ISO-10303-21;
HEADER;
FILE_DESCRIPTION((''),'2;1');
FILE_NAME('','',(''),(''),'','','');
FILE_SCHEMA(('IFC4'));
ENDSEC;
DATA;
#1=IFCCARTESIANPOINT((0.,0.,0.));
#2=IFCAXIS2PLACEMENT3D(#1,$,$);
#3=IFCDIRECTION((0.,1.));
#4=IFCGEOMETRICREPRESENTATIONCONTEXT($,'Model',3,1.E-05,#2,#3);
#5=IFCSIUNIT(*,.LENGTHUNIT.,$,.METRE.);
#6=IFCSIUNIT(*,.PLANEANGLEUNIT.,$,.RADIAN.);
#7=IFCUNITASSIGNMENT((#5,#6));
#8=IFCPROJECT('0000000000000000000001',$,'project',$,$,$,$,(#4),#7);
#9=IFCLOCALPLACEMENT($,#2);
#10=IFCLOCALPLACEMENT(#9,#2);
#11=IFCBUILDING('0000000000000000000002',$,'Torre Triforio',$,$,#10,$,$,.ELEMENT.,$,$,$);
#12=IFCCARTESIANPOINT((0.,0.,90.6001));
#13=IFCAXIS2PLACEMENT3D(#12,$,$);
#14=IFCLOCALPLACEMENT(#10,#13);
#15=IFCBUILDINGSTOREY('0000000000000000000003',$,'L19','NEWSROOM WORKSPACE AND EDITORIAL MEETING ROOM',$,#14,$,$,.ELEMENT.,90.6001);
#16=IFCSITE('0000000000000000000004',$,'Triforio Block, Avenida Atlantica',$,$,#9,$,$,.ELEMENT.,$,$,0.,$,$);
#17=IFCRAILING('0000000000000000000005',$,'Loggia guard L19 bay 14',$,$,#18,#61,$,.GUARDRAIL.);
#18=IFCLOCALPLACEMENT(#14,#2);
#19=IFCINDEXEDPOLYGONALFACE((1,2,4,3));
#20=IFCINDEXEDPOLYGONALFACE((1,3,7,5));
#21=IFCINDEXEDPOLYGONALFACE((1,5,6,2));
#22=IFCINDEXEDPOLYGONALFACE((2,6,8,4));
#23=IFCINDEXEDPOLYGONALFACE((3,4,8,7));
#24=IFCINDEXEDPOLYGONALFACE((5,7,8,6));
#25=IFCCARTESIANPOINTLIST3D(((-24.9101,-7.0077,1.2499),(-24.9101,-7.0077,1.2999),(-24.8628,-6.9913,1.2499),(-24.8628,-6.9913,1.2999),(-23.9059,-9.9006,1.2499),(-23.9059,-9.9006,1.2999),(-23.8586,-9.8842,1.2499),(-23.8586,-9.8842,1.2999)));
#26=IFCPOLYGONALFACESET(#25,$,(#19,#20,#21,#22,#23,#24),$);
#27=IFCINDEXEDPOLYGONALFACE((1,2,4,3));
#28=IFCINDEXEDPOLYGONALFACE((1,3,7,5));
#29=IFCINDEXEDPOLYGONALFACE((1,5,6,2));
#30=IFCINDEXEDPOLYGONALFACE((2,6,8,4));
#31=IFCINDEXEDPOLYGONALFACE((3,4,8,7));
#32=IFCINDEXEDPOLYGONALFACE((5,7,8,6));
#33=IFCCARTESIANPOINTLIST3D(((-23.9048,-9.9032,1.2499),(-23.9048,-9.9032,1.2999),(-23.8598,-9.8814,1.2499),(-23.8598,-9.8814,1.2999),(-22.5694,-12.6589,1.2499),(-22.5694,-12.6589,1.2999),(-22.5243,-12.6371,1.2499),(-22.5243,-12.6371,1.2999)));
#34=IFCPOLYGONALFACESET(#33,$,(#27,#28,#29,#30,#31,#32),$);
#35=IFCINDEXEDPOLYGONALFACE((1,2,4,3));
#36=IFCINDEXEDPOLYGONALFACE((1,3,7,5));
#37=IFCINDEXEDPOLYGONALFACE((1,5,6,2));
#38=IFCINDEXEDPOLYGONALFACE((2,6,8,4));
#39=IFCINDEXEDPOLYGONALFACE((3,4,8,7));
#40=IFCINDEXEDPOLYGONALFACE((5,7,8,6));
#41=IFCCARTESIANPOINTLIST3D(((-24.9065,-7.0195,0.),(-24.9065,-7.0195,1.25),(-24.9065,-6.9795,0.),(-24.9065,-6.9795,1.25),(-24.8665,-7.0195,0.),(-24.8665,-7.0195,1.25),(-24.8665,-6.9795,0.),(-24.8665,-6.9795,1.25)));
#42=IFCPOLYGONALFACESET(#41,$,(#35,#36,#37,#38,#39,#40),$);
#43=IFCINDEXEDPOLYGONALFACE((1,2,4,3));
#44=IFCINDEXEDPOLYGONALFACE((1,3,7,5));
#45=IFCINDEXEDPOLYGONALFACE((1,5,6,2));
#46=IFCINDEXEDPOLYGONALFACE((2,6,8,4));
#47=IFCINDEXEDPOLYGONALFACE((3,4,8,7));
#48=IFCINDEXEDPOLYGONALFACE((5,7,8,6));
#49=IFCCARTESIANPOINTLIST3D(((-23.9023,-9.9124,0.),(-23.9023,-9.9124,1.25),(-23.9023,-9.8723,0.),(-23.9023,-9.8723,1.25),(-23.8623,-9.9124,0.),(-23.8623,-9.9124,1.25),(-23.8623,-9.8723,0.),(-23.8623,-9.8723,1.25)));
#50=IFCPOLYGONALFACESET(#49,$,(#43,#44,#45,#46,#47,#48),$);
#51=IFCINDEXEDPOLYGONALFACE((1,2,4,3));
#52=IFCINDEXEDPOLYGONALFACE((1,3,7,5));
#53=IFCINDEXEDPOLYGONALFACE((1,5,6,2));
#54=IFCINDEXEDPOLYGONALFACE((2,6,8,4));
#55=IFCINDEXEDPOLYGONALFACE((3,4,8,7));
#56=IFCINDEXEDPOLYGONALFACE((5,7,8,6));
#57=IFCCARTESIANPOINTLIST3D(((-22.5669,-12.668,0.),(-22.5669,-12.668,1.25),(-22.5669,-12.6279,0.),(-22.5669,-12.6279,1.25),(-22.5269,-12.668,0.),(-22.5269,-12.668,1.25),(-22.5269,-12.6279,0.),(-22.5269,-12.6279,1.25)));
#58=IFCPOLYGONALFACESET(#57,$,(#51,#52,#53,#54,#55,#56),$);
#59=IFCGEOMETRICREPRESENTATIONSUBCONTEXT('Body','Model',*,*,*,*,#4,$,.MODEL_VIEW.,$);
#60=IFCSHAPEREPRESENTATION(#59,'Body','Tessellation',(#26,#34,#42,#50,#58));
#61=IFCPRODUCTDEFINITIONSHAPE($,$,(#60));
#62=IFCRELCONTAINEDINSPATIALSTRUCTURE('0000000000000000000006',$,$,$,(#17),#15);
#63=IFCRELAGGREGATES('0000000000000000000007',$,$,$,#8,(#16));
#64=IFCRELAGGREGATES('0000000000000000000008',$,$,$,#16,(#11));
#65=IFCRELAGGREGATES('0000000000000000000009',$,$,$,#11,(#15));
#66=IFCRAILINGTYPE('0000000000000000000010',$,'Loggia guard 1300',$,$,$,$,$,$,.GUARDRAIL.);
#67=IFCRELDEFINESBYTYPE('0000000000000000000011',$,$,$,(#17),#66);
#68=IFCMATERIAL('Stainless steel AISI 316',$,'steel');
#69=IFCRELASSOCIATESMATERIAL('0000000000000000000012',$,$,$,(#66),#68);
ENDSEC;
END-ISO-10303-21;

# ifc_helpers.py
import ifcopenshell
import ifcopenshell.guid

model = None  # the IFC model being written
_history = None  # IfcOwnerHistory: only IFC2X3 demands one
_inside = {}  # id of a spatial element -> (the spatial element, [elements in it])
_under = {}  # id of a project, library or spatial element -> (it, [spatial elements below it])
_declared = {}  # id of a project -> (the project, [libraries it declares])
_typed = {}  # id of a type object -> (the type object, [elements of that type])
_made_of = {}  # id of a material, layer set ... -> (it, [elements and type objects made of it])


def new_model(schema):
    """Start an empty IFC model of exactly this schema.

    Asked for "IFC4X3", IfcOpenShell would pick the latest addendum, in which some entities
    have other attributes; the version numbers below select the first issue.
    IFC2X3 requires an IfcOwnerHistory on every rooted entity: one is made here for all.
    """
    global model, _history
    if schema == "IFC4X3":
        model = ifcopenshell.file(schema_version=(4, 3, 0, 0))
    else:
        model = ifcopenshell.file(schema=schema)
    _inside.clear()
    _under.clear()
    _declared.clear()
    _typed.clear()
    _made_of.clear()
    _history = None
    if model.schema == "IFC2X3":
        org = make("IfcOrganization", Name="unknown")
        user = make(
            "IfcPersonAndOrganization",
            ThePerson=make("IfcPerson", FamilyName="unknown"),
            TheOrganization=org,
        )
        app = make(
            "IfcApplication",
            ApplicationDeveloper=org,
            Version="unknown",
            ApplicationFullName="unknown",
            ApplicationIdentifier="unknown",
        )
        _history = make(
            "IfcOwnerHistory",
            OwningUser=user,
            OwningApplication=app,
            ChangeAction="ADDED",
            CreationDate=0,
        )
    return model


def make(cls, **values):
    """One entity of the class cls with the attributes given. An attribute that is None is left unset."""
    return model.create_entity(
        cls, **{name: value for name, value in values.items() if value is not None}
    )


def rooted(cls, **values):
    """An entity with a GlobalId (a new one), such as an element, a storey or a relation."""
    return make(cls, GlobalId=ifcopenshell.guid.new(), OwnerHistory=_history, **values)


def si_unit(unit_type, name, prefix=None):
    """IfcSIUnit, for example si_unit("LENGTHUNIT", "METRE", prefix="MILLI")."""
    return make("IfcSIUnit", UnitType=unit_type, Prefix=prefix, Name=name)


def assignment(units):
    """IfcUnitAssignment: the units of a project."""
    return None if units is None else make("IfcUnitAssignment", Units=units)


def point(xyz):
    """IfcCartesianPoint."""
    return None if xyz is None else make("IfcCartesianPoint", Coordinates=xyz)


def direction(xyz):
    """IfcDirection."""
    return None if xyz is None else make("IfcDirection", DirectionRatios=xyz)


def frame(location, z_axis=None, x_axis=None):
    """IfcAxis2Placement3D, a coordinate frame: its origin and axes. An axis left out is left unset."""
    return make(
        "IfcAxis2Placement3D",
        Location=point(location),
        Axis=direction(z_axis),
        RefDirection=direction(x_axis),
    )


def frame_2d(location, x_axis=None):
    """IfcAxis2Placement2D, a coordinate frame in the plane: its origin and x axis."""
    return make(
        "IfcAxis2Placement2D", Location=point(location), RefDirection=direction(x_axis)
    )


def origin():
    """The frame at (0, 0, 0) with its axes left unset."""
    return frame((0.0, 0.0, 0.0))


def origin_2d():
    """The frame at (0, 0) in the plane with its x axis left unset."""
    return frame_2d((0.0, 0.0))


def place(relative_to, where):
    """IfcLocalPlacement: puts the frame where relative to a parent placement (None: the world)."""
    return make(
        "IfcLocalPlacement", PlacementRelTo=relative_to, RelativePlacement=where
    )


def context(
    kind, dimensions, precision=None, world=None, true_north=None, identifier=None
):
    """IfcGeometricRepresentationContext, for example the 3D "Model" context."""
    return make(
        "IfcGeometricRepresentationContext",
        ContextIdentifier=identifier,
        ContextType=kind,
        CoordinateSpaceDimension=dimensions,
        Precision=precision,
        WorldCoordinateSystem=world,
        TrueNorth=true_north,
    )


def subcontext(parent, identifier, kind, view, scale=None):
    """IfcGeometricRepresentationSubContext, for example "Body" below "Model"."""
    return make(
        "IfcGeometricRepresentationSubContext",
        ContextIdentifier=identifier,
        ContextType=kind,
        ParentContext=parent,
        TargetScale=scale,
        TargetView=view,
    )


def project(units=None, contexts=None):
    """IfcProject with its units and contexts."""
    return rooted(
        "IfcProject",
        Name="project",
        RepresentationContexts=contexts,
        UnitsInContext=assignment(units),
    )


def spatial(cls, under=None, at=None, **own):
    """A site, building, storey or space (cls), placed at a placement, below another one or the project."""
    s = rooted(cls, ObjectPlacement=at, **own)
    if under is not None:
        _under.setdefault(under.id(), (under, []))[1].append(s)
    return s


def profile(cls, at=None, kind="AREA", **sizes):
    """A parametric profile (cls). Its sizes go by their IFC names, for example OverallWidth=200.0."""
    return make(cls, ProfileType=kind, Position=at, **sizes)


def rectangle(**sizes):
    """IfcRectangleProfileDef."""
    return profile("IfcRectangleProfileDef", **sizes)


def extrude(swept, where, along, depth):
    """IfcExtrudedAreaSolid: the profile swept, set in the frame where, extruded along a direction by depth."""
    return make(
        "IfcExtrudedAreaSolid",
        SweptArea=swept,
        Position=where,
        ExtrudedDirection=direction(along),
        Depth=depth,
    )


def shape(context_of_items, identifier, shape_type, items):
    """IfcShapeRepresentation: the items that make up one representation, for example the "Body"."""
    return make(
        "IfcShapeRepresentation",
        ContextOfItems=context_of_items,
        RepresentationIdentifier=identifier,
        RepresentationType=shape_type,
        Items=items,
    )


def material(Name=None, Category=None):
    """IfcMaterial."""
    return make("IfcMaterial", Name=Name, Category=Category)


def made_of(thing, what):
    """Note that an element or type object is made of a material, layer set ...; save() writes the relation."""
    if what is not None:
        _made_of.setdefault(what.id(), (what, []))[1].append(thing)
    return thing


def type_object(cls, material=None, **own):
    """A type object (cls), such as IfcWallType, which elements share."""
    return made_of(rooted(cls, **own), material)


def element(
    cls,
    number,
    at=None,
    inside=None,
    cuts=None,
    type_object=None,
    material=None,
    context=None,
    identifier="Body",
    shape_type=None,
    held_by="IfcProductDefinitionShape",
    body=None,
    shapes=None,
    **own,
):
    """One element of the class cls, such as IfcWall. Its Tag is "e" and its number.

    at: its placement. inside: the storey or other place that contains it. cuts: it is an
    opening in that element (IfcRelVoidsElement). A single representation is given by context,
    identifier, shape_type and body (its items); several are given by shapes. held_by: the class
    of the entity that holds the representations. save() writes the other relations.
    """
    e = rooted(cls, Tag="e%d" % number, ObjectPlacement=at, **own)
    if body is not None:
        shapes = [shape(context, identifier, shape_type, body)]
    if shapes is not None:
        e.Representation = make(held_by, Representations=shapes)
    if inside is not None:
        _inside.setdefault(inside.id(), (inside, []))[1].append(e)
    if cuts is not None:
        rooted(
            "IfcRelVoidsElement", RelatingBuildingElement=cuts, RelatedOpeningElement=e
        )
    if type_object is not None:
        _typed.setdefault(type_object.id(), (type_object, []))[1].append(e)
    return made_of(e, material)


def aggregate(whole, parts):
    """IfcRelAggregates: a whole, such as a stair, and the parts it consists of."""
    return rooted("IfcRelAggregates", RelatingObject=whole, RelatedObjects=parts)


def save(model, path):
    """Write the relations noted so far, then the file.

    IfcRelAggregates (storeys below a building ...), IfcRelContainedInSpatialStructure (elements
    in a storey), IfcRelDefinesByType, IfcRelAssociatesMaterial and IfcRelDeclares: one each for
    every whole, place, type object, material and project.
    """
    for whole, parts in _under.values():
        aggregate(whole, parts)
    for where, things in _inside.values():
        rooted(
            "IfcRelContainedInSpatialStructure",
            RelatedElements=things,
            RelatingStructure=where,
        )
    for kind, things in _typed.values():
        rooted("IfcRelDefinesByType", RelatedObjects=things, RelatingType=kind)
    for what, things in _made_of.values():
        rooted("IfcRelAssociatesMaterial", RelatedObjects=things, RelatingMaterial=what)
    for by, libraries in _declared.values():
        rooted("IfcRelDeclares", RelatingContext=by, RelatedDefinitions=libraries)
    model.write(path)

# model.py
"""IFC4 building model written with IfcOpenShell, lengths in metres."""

from ifc_helpers import new_model, si_unit, direction, frame, origin, origin_2d, place, context, subcontext, project, spatial, rectangle, extrude, material, type_object, element, save


model = new_model("IFC4")

# Units and contexts
model_context = context("Model", 3, precision=1e-05, world=origin(), true_north=direction((0.0, 1.0)))
body_context = subcontext(model_context, "Body", "Model", "MODEL_VIEW")
ifc_project = project(units=[si_unit("LENGTHUNIT", "METRE"), si_unit("PLANEANGLEUNIT", "RADIAN")], contexts=[model_context])

# Site, building, storey
site_placement = place(None, origin())
site = spatial("IfcSite", under=ifc_project, at=site_placement, Name="Triforio Block, Avenida Atlantica", CompositionType="ELEMENT", RefElevation=0.0)
building_placement = place(site_placement, origin())
building = spatial("IfcBuilding", under=site, at=building_placement, Name="Torre Triforio", CompositionType="ELEMENT")
storey_placement = place(building_placement, frame((0.0, 0.0, 90.6001)))
storey = spatial("IfcBuildingStorey", under=building, at=storey_placement, Name="L19", Description="NEWSROOM WORKSPACE AND EDITORIAL MEETING ROOM", CompositionType="ELEMENT", Elevation=90.6001)

# Railing
ifc_material_1 = material(Name="Stainless steel AISI 316", Category="steel")
railing_type = type_object("IfcRailingType", Name="Loggia guard 1300", PredefinedType="GUARDRAIL", material=ifc_material_1)
railing_1_placement = place(storey_placement, frame((-24.8865, -6.9995, 0.0)))
element("IfcRailing", 1, at=railing_1_placement, inside=storey, type_object=railing_type, Name="Loggia guard L19 bay 14", PredefinedType="GUARDRAIL", context=body_context, shape_type="SweptSolid", body=[
    extrude(rectangle(XDim=0.05, YDim=0.05, at=origin_2d()), frame((0.0, 0.0, 1.2749), z_axis=(0.327924, -0.944704, 0.0), x_axis=(0.944704, 0.327924, 0.0)), (0.0, 0.0, 1.0), 3.0623),
    extrude(rectangle(XDim=0.05, YDim=0.05, at=origin_2d()), frame((1.0042, -2.8928, 1.2749), z_axis=(0.436113, -0.899892, 0.0), x_axis=(0.899892, 0.436113, 0.0)), (0.0, 0.0, 1.0), 3.0623),
    extrude(rectangle(XDim=0.04, YDim=0.04, at=origin_2d()), origin(), (0.0, 0.0, 1.0), 1.25),
    extrude(rectangle(XDim=0.04, YDim=0.04, at=origin_2d()), frame((1.0042, -2.8928, 0.0)), (0.0, 0.0, 1.0), 1.25),
    extrude(rectangle(XDim=0.04, YDim=0.04, at=origin_2d()), frame((2.3396, -5.6484, 0.0)), (0.0, 0.0, 1.0), 1.25),
])

save(model, "model.ifc")
